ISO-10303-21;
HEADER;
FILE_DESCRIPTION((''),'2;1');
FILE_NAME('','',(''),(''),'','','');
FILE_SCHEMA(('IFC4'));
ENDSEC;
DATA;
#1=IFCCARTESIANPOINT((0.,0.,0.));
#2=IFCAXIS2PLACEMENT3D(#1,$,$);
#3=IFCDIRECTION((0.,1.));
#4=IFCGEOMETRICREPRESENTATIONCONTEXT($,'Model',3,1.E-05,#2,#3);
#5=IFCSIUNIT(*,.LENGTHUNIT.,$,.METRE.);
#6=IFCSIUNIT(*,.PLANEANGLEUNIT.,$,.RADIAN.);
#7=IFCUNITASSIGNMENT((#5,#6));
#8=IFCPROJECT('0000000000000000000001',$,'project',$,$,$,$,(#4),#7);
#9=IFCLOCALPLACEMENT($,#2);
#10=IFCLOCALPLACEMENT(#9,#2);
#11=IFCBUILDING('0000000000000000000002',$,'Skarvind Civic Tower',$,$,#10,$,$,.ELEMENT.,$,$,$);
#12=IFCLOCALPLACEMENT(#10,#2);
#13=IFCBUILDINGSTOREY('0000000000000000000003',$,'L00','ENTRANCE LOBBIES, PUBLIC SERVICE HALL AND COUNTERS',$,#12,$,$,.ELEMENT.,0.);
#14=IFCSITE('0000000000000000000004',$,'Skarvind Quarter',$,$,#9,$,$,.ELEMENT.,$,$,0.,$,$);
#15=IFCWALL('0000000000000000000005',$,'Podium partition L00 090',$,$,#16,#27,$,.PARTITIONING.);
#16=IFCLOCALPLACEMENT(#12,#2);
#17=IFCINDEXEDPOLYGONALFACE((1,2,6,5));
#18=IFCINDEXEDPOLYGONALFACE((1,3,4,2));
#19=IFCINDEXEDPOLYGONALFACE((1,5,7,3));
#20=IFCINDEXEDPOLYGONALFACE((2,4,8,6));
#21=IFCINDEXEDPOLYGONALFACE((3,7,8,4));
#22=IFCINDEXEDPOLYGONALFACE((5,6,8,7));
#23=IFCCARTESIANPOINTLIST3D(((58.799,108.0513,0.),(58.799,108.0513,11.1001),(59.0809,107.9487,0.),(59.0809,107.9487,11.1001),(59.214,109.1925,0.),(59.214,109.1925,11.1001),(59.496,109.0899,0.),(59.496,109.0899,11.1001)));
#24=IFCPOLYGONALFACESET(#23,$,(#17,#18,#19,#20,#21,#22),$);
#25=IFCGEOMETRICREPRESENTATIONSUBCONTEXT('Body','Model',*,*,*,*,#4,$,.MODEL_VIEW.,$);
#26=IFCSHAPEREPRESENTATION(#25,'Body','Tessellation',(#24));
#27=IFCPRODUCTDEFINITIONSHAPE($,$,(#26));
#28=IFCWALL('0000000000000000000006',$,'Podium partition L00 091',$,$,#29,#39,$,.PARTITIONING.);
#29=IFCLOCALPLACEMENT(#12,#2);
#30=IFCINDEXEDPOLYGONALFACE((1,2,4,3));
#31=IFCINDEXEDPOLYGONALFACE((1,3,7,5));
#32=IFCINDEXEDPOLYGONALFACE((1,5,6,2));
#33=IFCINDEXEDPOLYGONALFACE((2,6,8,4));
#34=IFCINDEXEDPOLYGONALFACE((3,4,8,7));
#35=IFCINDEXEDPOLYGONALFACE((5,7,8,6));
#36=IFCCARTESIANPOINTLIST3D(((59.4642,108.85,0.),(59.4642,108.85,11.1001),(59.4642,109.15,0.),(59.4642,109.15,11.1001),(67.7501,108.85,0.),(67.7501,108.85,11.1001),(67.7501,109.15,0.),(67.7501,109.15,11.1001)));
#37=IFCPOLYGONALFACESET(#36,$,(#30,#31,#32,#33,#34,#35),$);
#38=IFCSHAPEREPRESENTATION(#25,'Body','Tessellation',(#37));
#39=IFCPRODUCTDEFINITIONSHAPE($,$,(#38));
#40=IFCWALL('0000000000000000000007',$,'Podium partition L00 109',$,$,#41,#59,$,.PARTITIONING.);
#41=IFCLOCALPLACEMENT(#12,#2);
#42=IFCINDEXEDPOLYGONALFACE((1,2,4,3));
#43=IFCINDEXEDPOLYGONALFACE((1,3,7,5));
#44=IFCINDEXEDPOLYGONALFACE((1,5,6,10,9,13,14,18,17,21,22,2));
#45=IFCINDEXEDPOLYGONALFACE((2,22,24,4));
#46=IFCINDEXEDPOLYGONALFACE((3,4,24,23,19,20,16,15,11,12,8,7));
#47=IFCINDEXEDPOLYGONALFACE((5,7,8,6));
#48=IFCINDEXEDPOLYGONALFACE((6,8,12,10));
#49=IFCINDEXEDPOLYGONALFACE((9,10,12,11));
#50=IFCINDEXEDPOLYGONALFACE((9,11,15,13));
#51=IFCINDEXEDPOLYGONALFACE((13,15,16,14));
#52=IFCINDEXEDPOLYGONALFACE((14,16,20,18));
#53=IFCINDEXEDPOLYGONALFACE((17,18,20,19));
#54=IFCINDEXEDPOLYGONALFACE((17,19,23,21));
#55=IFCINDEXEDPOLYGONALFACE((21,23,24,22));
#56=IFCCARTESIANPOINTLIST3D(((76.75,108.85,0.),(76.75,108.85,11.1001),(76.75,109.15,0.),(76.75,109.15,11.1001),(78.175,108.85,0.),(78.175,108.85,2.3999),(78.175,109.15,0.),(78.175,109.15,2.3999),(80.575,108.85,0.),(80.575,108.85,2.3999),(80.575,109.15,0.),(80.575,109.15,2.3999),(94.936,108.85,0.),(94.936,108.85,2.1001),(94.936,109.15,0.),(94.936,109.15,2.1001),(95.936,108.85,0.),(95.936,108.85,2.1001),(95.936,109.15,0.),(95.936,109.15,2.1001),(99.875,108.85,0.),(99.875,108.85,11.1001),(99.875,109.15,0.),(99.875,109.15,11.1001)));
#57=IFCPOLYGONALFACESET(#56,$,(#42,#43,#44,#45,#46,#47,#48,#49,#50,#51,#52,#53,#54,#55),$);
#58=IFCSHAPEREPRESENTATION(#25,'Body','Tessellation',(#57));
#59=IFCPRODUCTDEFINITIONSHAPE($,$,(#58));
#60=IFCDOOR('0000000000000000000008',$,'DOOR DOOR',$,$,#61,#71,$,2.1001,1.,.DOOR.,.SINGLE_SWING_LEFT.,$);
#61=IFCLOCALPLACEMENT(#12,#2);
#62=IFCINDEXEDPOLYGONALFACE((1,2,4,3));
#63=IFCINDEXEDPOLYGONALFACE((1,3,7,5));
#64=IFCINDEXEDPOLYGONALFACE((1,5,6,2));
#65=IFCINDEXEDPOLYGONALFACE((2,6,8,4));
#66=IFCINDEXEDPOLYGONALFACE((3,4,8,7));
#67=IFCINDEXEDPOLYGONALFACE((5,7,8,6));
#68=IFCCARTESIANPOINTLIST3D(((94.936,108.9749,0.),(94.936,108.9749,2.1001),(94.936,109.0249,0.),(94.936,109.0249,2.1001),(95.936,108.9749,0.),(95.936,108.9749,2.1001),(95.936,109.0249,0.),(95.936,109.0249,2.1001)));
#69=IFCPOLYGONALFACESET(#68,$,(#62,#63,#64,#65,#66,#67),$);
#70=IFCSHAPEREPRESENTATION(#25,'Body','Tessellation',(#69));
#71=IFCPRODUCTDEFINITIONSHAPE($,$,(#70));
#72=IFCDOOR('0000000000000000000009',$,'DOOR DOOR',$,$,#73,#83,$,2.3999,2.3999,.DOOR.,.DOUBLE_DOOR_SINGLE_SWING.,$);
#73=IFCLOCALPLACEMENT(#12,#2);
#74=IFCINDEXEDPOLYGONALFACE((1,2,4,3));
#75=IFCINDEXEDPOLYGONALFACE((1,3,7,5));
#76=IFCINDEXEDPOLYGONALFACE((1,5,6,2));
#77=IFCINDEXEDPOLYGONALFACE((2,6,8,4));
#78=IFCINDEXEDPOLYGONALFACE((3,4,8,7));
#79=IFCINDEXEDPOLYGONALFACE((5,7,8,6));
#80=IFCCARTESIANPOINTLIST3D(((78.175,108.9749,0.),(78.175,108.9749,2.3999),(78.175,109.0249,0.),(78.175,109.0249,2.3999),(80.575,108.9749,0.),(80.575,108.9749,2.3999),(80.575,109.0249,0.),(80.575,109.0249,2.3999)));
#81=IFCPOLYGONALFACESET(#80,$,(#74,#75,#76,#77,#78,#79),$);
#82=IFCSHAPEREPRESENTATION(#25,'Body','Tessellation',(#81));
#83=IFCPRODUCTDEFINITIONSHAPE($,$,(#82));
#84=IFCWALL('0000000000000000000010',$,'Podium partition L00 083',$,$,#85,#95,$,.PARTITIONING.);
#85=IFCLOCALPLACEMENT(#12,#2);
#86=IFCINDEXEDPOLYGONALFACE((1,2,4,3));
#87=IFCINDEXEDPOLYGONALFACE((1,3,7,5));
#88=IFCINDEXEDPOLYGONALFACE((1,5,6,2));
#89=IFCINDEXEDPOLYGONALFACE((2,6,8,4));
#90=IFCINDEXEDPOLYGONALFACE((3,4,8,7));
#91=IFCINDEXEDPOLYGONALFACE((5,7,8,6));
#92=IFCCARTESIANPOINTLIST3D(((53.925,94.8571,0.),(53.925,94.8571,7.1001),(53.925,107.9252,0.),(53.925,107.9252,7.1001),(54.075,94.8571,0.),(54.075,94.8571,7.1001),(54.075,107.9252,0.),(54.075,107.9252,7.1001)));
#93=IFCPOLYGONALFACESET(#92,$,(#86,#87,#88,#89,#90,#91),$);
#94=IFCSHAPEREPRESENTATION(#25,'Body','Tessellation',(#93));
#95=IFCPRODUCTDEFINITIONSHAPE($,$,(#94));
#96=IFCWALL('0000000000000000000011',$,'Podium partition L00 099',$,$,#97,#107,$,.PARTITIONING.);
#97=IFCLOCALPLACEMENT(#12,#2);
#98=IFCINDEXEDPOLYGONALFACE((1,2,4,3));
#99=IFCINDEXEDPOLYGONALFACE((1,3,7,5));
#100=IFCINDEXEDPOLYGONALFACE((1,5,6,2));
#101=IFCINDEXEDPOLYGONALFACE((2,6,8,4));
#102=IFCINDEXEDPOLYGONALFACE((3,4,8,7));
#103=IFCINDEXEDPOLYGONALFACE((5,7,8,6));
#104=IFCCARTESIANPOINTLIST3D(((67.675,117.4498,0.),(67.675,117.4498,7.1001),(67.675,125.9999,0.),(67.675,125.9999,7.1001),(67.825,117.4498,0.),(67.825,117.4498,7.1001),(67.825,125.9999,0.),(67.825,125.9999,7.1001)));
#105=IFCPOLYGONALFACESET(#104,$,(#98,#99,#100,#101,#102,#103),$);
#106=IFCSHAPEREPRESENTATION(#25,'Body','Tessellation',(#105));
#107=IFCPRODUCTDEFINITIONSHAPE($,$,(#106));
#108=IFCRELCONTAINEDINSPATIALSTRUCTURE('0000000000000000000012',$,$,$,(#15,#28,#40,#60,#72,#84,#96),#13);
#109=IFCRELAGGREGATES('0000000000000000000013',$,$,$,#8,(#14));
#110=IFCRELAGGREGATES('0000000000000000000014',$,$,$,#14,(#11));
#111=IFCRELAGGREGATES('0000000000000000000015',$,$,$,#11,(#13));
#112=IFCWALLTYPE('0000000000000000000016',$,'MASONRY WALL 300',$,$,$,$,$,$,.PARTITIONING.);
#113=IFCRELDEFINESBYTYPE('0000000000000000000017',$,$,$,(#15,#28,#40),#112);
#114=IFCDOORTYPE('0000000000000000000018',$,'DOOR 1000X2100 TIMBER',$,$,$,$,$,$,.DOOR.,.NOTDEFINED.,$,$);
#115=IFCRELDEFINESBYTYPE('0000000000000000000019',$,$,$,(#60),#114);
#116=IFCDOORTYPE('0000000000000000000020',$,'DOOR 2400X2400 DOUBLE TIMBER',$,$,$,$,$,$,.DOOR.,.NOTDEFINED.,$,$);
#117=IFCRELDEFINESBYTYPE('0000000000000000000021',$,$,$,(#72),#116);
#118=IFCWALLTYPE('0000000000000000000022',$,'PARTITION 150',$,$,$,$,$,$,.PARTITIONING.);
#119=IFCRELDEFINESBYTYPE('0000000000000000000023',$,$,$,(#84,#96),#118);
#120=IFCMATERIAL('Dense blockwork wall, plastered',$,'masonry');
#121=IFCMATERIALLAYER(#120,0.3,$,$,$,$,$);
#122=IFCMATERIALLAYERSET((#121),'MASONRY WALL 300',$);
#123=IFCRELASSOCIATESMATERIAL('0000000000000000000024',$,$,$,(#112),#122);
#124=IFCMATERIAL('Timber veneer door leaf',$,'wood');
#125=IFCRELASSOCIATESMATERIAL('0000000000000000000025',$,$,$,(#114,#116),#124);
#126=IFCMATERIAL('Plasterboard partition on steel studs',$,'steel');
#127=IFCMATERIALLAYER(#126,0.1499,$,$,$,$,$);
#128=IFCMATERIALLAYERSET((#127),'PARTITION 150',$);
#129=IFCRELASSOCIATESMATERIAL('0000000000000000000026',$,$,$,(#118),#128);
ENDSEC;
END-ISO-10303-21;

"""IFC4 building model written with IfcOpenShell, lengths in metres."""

from ifc_helpers import new_model, si_unit, direction, frame, frame_2d, origin, place, context, subcontext, project, spatial, rectangle, extrude, material, layer, layer_set, type_object, element, fill, save


model = new_model("IFC4")

# Units and contexts
model_context = context("Model", 3, precision=1e-05, world=origin(), true_north=direction((0.0, 1.0)))
body_context = subcontext(model_context, "Body", "Model", "MODEL_VIEW")
ifc_project = project(units=[si_unit("LENGTHUNIT", "METRE"), si_unit("PLANEANGLEUNIT", "RADIAN")], contexts=[model_context])

# Site, building, storey
site_placement = place(None, origin())
site = spatial("IfcSite", under=ifc_project, at=site_placement, Name="Skarvind Quarter", CompositionType="ELEMENT", RefElevation=0.0)
building_placement = place(site_placement, origin())
building = spatial("IfcBuilding", under=site, at=building_placement, Name="Skarvind Civic Tower", CompositionType="ELEMENT")
storey_placement = place(building_placement, origin())
storey = spatial("IfcBuildingStorey", under=building, at=storey_placement, Name="L00", Description="ENTRANCE LOBBIES, PUBLIC SERVICE HALL AND COUNTERS", CompositionType="ELEMENT", Elevation=0.0)

# Walls
ifc_material_1 = material(Name="Dense blockwork wall, plastered", Category="masonry")
ifc_layer_1 = layer(ifc_material_1, 0.3)
ifc_layer_set_1 = layer_set([ifc_layer_1], Name="MASONRY WALL 300")
wall_type_1 = type_object("IfcWallType", Name="MASONRY WALL 300", PredefinedType="PARTITIONING", material=ifc_layer_set_1)
wall_1_placement = place(storey_placement, frame((58.9399, 108.0, 0.0), z_axis=(0.0, 0.0, 1.0), x_axis=(0.341808, 0.93977, 0.0)))
element("IfcWall", 1, at=wall_1_placement, inside=storey, type_object=wall_type_1, Name="Podium partition L00 090", PredefinedType="PARTITIONING", context=body_context, shape_type="SweptSolid", body=[
    extrude(rectangle(XDim=1.2144, YDim=0.3, at=frame_2d((0.6072, 0.0))), origin(), (0.0, 0.0, 1.0), 11.1001),
])
wall_2_placement = place(storey_placement, frame((59.4641, 109.0, 0.0), z_axis=(0.0, 0.0, 1.0), x_axis=(1.0, 0.0, 0.0)))
element("IfcWall", 2, at=wall_2_placement, inside=storey, type_object=wall_type_1, Name="Podium partition L00 091", PredefinedType="PARTITIONING", context=body_context, shape_type="SweptSolid", body=[
    extrude(rectangle(XDim=8.2859, YDim=0.3, at=frame_2d((4.1431, 0.0))), origin(), (0.0, 0.0, 1.0), 11.1001),
])

# Wall, openings, doors
wall_3_placement = place(storey_placement, frame((76.75, 109.0, 0.0), z_axis=(0.0, 0.0, 1.0), x_axis=(1.0, 0.0, 0.0)))
wall_3 = element("IfcWall", 3, at=wall_3_placement, inside=storey, type_object=wall_type_1, Name="Podium partition L00 109", PredefinedType="PARTITIONING", context=body_context, shape_type="SweptSolid", body=[
    extrude(rectangle(XDim=23.125, YDim=0.3, at=frame_2d((11.5625, 0.0))), origin(), (0.0, 0.0, 1.0), 11.1001),
])
opening_1_placement = place(wall_3_placement, frame((1.425, 0.0, 0.0)))
opening_1 = element("IfcOpeningElement", 4, at=opening_1_placement, cuts=wall_3, PredefinedType="OPENING", context=body_context, shape_type="SweptSolid", body=[
    extrude(rectangle(XDim=2.3999, YDim=2.3999, at=frame_2d((1.2, 1.2))), frame((0.0, 0.1599, 0.0), z_axis=(0.0, -1.0, 0.0), x_axis=(1.0, 0.0, 0.0)), (0.0, 0.0, 1.0), 0.3201),
])
opening_2_placement = place(wall_3_placement, frame((18.186, 0.0, 0.0)))
opening_2 = element("IfcOpeningElement", 5, at=opening_2_placement, cuts=wall_3, PredefinedType="OPENING", context=body_context, shape_type="SweptSolid", body=[
    extrude(rectangle(XDim=1.0, YDim=2.1001, at=frame_2d((0.5, 1.05))), frame((0.0, 0.1599, 0.0), z_axis=(0.0, -1.0, 0.0), x_axis=(1.0, 0.0, 0.0)), (0.0, 0.0, 1.0), 0.3201),
])
ifc_material_2 = material(Name="Timber veneer door leaf", Category="wood")
door_type_1 = type_object("IfcDoorType", Name="DOOR 1000X2100 TIMBER", OperationType="NOTDEFINED", PredefinedType="DOOR", material=ifc_material_2)
door_1_placement = place(opening_2_placement, origin())
door_1 = element("IfcDoor", 6, at=door_1_placement, inside=storey, type_object=door_type_1, Name="DOOR DOOR", OperationType="SINGLE_SWING_LEFT", OverallHeight=2.1001, OverallWidth=1.0, PredefinedType="DOOR", context=body_context, shape_type="SweptSolid", body=[
    extrude(rectangle(XDim=1.0, YDim=2.1001, at=frame_2d((0.5, 1.05))), frame((0.0, 0.0249, 0.0), z_axis=(0.0, -1.0, 0.0), x_axis=(1.0, 0.0, 0.0)), (0.0, 0.0, 1.0), 0.05),
])
fill(opening_2, door_1)
door_type_2 = type_object("IfcDoorType", Name="DOOR 2400X2400 DOUBLE TIMBER", OperationType="NOTDEFINED", PredefinedType="DOOR", material=ifc_material_2)
door_2_placement = place(opening_1_placement, origin())
door_2 = element("IfcDoor", 7, at=door_2_placement, inside=storey, type_object=door_type_2, Name="DOOR DOOR", OperationType="DOUBLE_DOOR_SINGLE_SWING", OverallHeight=2.3999, OverallWidth=2.3999, PredefinedType="DOOR", context=body_context, shape_type="SweptSolid", body=[
    extrude(rectangle(XDim=2.3999, YDim=2.3999, at=frame_2d((1.2, 1.2))), frame((0.0, 0.0249, 0.0), z_axis=(0.0, -1.0, 0.0), x_axis=(1.0, 0.0, 0.0)), (0.0, 0.0, 1.0), 0.05),
])
fill(opening_1, door_2)

# Walls
ifc_material_3 = material(Name="Plasterboard partition on steel studs", Category="steel")
ifc_layer_2 = layer(ifc_material_3, 0.1499)
ifc_layer_set_2 = layer_set([ifc_layer_2], Name="PARTITION 150")
wall_type_2 = type_object("IfcWallType", Name="PARTITION 150", PredefinedType="PARTITIONING", material=ifc_layer_set_2)
wall_4_placement = place(storey_placement, frame((54.0, 94.8569, 0.0), z_axis=(0.0, 0.0, 1.0), x_axis=(0.0, 1.0, 0.0)))
element("IfcWall", 8, at=wall_4_placement, inside=storey, type_object=wall_type_2, Name="Podium partition L00 083", PredefinedType="PARTITIONING", context=body_context, shape_type="SweptSolid", body=[
    extrude(rectangle(XDim=13.0681, YDim=0.1499, at=frame_2d((6.5342, 0.0))), origin(), (0.0, 0.0, 1.0), 7.1001),
])
wall_5_placement = place(storey_placement, frame((67.75, 117.45, 0.0), z_axis=(0.0, 0.0, 1.0), x_axis=(0.0, 1.0, 0.0)))
element("IfcWall", 9, at=wall_5_placement, inside=storey, type_object=wall_type_2, Name="Podium partition L00 099", PredefinedType="PARTITIONING", context=body_context, shape_type="SweptSolid", body=[
    extrude(rectangle(XDim=8.55, YDim=0.1499, at=frame_2d((4.2749, 0.0))), origin(), (0.0, 0.0, 1.0), 7.1001),
])

save(model, "model.ifc")
